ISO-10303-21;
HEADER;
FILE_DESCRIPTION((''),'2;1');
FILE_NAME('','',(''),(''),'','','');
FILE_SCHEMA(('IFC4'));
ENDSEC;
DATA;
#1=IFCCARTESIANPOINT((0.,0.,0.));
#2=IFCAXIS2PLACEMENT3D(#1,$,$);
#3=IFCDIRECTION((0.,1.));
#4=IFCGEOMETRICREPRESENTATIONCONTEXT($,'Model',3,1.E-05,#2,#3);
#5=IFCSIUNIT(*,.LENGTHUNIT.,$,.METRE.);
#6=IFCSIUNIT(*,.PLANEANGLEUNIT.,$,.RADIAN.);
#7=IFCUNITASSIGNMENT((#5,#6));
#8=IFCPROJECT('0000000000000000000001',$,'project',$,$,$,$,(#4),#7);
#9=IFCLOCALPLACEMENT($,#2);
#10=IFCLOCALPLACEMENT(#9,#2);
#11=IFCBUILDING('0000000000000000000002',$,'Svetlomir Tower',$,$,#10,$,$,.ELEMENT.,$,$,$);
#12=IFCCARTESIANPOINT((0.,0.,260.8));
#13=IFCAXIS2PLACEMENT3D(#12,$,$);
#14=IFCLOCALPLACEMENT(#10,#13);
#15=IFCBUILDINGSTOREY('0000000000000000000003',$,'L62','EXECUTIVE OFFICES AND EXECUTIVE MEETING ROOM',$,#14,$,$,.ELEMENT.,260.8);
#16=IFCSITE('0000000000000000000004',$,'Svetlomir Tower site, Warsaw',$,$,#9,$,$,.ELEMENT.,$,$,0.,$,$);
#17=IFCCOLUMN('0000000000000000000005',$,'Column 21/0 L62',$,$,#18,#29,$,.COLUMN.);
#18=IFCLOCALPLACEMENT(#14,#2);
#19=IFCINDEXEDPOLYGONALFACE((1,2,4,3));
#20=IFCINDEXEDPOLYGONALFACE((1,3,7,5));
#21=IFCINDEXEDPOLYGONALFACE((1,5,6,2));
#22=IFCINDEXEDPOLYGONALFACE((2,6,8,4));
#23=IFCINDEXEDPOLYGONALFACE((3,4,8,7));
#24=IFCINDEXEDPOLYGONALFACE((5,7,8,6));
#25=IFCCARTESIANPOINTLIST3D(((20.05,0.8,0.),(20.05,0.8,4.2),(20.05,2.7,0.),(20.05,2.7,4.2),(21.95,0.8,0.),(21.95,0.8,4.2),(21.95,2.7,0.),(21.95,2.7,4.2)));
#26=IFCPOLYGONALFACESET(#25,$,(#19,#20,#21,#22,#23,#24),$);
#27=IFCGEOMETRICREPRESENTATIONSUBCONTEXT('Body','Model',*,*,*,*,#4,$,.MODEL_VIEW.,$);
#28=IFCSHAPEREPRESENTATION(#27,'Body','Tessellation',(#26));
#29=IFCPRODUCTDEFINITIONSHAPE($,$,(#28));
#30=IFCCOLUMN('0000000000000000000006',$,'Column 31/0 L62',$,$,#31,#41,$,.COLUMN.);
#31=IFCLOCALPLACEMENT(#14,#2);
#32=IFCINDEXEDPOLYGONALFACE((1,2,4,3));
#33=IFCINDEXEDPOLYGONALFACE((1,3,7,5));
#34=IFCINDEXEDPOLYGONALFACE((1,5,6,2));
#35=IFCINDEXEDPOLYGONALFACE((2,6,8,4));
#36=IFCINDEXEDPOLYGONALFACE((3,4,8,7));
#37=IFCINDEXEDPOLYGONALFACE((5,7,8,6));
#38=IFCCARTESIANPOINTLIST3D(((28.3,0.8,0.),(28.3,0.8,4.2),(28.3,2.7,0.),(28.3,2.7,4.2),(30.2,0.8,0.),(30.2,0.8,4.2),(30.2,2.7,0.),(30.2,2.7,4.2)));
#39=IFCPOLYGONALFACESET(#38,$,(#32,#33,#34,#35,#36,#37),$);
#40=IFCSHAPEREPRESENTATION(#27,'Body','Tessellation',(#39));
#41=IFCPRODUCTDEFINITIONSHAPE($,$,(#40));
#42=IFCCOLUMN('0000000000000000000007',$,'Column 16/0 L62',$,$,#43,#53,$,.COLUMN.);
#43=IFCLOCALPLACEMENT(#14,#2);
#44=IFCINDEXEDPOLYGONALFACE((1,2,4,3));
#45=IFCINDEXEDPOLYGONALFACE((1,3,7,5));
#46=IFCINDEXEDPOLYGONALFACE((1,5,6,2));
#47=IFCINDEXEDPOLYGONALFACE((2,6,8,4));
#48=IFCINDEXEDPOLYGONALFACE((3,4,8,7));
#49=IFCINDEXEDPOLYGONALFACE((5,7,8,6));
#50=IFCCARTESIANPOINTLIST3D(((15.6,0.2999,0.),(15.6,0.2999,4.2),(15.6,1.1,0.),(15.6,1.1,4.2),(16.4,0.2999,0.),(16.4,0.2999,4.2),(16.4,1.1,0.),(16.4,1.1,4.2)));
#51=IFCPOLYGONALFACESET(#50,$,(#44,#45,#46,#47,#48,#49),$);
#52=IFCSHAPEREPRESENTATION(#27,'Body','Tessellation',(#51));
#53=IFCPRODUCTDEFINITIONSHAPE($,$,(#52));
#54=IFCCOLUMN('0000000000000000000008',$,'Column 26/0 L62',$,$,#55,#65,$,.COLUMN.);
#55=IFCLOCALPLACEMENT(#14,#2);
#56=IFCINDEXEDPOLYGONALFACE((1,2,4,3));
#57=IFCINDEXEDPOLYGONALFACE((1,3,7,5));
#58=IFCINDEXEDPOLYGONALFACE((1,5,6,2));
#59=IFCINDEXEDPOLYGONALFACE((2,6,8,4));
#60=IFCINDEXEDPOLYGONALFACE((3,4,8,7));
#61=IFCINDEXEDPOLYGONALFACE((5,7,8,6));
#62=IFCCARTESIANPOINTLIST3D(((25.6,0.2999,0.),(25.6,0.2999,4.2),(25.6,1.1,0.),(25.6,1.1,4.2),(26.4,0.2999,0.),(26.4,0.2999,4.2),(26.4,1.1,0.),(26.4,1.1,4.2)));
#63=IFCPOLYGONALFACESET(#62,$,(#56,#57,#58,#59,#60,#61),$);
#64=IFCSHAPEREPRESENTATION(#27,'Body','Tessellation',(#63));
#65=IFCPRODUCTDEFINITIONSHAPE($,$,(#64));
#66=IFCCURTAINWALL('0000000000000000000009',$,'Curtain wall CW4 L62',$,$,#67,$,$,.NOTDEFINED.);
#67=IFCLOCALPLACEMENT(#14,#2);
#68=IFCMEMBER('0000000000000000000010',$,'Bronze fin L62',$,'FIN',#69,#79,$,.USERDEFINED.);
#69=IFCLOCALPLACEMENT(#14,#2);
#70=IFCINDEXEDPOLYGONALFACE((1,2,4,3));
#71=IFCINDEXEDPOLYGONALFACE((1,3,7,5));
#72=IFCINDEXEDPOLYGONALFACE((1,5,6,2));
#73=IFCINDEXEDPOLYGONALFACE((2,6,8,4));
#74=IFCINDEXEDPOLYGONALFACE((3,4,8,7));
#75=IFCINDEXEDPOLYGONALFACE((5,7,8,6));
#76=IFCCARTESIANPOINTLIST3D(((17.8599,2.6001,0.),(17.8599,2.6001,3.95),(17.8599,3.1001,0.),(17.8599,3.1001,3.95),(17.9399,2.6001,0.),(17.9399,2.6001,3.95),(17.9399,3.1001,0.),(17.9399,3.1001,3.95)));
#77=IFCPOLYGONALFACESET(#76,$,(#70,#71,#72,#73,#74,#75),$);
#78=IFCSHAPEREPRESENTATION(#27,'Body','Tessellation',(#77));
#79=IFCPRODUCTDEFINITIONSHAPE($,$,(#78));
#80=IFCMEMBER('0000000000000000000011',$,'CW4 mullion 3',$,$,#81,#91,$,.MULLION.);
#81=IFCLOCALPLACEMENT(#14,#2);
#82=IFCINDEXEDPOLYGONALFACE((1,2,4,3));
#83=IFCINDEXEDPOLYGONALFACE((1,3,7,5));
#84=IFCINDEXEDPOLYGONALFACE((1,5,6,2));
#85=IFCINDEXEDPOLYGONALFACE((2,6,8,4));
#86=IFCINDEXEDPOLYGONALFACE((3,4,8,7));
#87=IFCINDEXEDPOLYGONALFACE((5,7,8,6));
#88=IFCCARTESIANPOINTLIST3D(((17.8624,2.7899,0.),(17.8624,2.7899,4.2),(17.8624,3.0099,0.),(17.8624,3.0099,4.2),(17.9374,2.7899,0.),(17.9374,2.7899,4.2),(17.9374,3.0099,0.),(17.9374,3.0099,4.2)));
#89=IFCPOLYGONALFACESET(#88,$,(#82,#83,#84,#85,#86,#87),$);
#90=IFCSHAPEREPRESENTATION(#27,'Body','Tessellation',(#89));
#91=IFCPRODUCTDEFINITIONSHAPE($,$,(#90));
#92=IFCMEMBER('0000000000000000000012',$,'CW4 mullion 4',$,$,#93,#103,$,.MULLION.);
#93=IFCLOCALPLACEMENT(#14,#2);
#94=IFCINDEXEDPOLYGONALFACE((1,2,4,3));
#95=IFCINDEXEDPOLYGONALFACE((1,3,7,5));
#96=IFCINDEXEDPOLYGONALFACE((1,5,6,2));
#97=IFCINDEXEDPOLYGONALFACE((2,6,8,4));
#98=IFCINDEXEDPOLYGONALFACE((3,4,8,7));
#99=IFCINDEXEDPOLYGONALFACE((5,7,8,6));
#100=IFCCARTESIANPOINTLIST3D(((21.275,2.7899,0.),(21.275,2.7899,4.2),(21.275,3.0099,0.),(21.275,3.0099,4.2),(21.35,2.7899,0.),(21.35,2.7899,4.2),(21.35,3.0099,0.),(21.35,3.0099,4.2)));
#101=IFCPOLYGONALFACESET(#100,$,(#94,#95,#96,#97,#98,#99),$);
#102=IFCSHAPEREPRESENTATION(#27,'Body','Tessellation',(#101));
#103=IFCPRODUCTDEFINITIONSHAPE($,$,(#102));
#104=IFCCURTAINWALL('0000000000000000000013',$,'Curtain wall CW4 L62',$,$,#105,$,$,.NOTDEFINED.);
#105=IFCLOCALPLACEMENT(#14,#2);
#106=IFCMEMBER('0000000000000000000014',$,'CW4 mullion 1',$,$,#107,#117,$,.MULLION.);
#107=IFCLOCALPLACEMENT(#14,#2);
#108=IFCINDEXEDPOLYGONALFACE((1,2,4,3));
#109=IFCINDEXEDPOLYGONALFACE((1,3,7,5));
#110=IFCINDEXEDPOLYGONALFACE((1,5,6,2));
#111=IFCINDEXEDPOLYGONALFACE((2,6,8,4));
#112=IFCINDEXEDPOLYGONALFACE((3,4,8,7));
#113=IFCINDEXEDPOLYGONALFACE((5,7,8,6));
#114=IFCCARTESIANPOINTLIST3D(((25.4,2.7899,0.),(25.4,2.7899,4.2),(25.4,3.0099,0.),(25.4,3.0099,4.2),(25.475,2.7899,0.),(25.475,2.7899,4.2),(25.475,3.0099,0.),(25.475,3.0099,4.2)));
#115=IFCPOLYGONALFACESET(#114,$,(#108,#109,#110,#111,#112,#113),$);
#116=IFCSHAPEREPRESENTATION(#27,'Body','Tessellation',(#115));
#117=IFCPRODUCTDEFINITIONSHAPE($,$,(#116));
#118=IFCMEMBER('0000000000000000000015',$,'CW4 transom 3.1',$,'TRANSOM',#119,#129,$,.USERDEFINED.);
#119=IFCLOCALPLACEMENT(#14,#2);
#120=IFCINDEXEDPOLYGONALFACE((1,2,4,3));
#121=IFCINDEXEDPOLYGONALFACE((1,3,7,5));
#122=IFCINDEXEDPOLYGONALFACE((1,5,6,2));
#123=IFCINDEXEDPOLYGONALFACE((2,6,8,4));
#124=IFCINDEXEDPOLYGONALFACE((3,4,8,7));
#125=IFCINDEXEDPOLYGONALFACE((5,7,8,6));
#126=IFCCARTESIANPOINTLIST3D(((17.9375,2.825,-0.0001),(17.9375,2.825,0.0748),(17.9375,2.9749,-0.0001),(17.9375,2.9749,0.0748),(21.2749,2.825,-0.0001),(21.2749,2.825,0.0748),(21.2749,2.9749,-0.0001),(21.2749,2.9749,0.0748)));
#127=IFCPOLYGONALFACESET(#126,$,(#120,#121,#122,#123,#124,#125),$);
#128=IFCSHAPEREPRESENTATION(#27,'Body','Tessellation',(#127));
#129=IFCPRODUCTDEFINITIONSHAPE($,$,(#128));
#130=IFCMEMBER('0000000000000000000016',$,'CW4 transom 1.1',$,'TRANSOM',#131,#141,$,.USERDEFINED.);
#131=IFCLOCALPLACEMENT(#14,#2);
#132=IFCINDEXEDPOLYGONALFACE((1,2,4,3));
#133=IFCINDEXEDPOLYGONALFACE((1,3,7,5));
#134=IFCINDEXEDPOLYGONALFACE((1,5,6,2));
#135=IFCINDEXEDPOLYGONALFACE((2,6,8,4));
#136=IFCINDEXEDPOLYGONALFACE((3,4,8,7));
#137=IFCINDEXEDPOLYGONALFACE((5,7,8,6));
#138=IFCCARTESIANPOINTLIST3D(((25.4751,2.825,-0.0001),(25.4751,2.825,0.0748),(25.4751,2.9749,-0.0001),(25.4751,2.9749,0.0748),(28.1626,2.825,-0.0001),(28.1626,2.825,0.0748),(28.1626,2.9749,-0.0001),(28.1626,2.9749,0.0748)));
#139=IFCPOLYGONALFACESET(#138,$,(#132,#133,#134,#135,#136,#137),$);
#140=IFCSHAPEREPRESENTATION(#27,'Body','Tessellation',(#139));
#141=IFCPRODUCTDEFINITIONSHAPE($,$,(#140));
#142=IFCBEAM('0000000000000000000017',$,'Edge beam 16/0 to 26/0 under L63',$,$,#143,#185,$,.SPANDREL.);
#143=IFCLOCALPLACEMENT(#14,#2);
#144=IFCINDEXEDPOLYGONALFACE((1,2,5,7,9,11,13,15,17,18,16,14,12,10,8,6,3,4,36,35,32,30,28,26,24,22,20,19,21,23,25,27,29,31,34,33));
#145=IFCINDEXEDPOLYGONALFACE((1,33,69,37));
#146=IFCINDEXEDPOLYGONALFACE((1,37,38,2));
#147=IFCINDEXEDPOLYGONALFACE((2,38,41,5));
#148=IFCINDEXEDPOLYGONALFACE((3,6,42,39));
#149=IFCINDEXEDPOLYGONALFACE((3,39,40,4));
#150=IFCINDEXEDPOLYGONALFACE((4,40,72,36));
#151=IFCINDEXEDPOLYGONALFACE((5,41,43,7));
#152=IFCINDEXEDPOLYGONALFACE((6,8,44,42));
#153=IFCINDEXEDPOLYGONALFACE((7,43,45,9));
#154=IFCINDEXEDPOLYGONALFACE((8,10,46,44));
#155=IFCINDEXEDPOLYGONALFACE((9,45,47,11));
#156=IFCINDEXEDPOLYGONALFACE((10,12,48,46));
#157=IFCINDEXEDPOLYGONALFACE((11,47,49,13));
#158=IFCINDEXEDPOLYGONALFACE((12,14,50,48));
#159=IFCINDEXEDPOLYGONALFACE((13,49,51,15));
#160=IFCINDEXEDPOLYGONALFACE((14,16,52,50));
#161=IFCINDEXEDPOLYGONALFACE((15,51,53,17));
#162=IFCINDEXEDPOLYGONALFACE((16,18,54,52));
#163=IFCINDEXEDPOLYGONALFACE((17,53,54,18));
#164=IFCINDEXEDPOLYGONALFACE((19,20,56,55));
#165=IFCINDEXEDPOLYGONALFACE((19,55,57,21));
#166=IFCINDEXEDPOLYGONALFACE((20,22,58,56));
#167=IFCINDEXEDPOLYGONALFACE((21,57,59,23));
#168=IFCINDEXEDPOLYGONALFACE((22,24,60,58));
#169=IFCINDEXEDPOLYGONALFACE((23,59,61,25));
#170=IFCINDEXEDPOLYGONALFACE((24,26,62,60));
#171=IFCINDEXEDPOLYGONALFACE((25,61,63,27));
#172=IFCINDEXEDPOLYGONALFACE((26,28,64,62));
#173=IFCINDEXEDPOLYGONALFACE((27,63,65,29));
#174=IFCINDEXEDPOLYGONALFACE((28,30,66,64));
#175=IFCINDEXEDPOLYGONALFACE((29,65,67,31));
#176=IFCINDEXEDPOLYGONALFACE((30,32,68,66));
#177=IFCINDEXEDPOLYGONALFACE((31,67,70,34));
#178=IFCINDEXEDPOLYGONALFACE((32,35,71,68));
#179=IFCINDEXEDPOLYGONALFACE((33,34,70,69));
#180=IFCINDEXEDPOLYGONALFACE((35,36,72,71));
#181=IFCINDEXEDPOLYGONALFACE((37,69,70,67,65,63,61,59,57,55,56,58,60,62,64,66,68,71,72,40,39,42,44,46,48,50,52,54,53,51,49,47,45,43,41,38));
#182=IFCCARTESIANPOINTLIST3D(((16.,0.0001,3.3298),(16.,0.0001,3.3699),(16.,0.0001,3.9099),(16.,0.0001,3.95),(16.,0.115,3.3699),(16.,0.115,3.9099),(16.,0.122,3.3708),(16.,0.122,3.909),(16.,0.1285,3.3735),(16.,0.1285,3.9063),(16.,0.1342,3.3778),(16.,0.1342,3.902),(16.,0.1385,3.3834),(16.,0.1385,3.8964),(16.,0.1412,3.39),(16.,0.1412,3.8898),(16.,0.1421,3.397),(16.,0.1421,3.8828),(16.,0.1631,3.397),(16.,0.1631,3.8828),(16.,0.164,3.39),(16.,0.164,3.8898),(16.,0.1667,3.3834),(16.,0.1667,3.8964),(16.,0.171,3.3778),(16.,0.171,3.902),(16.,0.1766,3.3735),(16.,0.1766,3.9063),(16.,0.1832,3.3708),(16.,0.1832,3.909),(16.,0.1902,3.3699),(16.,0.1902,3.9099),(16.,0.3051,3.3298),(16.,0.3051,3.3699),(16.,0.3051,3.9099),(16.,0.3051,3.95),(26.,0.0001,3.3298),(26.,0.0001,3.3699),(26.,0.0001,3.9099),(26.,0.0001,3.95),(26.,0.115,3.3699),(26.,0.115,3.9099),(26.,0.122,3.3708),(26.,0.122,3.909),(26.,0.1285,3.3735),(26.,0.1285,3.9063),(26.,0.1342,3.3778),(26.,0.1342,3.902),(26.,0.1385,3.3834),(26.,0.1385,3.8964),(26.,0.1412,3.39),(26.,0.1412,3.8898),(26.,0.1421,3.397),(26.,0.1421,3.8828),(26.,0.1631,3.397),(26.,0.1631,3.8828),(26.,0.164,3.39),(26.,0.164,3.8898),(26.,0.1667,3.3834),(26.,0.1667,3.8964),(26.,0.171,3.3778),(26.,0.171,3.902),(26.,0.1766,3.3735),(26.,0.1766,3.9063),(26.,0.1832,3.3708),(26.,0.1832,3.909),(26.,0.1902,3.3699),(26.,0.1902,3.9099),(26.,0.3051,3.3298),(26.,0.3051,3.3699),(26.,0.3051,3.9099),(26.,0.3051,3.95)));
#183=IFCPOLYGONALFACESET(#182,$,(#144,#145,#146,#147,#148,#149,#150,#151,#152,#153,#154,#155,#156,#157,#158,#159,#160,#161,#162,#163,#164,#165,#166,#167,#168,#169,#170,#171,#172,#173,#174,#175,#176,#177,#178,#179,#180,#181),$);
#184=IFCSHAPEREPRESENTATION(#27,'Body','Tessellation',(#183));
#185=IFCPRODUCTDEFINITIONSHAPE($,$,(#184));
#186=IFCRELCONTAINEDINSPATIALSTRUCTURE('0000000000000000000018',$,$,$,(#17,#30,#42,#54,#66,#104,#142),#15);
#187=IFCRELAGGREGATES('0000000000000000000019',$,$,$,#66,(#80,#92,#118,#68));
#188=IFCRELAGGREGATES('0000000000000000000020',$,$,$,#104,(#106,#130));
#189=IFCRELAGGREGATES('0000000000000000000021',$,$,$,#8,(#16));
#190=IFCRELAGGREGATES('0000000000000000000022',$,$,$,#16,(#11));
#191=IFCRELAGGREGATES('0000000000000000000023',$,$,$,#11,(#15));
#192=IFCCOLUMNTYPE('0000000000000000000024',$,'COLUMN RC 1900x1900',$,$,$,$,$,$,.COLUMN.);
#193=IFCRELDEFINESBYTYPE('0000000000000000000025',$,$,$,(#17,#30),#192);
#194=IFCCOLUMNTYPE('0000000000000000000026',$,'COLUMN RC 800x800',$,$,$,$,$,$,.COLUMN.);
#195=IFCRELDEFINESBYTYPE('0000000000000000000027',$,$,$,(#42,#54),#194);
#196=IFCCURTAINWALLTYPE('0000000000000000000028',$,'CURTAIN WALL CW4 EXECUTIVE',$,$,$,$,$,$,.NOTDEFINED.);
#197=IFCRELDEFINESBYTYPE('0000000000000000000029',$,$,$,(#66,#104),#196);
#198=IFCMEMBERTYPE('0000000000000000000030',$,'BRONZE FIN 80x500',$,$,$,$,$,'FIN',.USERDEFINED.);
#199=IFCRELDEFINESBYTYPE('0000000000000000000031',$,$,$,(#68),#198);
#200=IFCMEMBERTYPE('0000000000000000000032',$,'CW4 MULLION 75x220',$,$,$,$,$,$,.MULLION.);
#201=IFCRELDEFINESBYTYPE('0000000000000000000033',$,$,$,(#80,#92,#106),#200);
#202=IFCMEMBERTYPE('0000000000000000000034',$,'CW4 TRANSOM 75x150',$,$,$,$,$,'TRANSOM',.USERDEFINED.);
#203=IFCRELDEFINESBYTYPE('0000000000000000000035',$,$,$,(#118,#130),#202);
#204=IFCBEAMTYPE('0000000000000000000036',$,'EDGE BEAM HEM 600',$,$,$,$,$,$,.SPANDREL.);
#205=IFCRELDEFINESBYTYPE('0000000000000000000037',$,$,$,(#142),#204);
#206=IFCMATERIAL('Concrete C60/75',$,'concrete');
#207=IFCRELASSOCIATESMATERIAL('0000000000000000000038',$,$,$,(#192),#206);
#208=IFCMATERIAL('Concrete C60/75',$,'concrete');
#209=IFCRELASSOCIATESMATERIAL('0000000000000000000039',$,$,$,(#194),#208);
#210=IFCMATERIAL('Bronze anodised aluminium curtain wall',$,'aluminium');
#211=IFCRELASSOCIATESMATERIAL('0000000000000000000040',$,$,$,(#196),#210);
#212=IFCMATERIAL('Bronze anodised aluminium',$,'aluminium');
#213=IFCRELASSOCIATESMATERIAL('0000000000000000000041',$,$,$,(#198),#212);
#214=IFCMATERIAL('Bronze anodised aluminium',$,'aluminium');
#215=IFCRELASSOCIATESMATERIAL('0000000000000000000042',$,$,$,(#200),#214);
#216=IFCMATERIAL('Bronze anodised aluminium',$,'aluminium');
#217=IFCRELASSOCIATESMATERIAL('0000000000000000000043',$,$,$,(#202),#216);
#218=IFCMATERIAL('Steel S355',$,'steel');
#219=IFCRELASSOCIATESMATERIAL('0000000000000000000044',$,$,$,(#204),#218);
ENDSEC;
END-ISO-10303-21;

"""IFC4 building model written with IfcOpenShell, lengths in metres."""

from ifc_helpers import new_model, si_unit, direction, frame, origin, origin_2d, place, context, subcontext, project, spatial, rectangle, i_section, extrude, material, material_profile, profile_set, type_object, element, aggregate, save


model = new_model("IFC4")

# Units and contexts
model_context = context("Model", 3, precision=1e-05, world=origin(), true_north=direction((0.0, 1.0)))
body_context = subcontext(model_context, "Body", "Model", "MODEL_VIEW")
ifc_project = project(units=[si_unit("LENGTHUNIT", "METRE"), si_unit("PLANEANGLEUNIT", "RADIAN")], contexts=[model_context])

# Site, building, storey
site_placement = place(None, origin())
site = spatial("IfcSite", under=ifc_project, at=site_placement, Name="Svetlomir Tower site, Warsaw", CompositionType="ELEMENT", RefElevation=0.0)
building_placement = place(site_placement, origin())
building = spatial("IfcBuilding", under=site, at=building_placement, Name="Svetlomir Tower", CompositionType="ELEMENT")
storey_placement = place(building_placement, frame((0.0, 0.0, 260.8)))
storey = spatial("IfcBuildingStorey", under=building, at=storey_placement, Name="L62", Description="EXECUTIVE OFFICES AND EXECUTIVE MEETING ROOM", CompositionType="ELEMENT", Elevation=260.8)

# Columns
ifc_material_1 = material(Name="Concrete C60/75", Category="concrete")
ifc_material_profile_1 = material_profile(ifc_material_1, rectangle(XDim=1.8999, YDim=1.8999, at=origin_2d()), Name="RC 1900x1900")
ifc_profile_set_1 = profile_set([ifc_material_profile_1], Name="Concrete C60/75")
column_type_1 = type_object("IfcColumnType", Name="COLUMN RC 1900x1900", PredefinedType="COLUMN", material=ifc_profile_set_1)
for number, where, z_axis, x_axis, name in (
    (1, (21.0, 1.75, 0.0), (0.0, 0.0, 1.0), (1.0, 0.0, 0.0), "Column 21/0 L62"),
    (2, (29.25, 1.75, 0.0), (0.0, 0.0, 1.0), (1.0, 0.0, 0.0), "Column 31/0 L62"),
):
    element("IfcColumn", number, at=place(storey_placement, frame(where, z_axis=z_axis, x_axis=x_axis)), inside=storey, type_object=column_type_1, Name=name, PredefinedType="COLUMN", context=body_context, shape_type="SweptSolid", body=[
        extrude(rectangle(XDim=1.8999, YDim=1.8999, at=origin_2d()), origin(), (0.0, 0.0, 1.0), 4.2),
    ])
ifc_material_2 = material(Name="Concrete C60/75", Category="concrete")
ifc_material_profile_2 = material_profile(ifc_material_2, rectangle(XDim=0.8, YDim=0.8, at=origin_2d()), Name="RC 800x800")
ifc_profile_set_2 = profile_set([ifc_material_profile_2], Name="Concrete C60/75")
column_type_2 = type_object("IfcColumnType", Name="COLUMN RC 800x800", PredefinedType="COLUMN", material=ifc_profile_set_2)
for number, where, z_axis, x_axis, name in (
    (3, (16.0, 0.7, 0.0), (0.0, 0.0, 1.0), (1.0, 0.0, 0.0), "Column 16/0 L62"),
    (4, (26.0, 0.7, 0.0), (0.0, 0.0, 1.0), (1.0, 0.0, 0.0), "Column 26/0 L62"),
):
    element("IfcColumn", number, at=place(storey_placement, frame(where, z_axis=z_axis, x_axis=x_axis)), inside=storey, type_object=column_type_2, Name=name, PredefinedType="COLUMN", context=body_context, shape_type="SweptSolid", body=[
        extrude(rectangle(XDim=0.8, YDim=0.8, at=origin_2d()), origin(), (0.0, 0.0, 1.0), 4.2),
    ])

# Curtain wall, members
ifc_material_3 = material(Name="Bronze anodised aluminium curtain wall", Category="aluminium")
curtain_wall_type = type_object("IfcCurtainWallType", Name="CURTAIN WALL CW4 EXECUTIVE", PredefinedType="NOTDEFINED", material=ifc_material_3)
curtain_wall_1_placement = place(storey_placement, origin())
curtain_wall_1 = element("IfcCurtainWall", 5, at=curtain_wall_1_placement, inside=storey, type_object=curtain_wall_type, Name="Curtain wall CW4 L62", PredefinedType="NOTDEFINED")
ifc_material_4 = material(Name="Bronze anodised aluminium", Category="aluminium")
ifc_material_profile_3 = material_profile(ifc_material_4, rectangle(XDim=0.0801, YDim=0.5, at=origin_2d()), Name="FIN 80x500")
ifc_profile_set_3 = profile_set([ifc_material_profile_3], Name="Bronze anodised aluminium 6063-T6")
member_type_1 = type_object("IfcMemberType", Name="BRONZE FIN 80x500", ElementType="FIN", PredefinedType="USERDEFINED", material=ifc_profile_set_3)
member_1_placement = place(storey_placement, frame((17.8999, 2.8501, 0.0), z_axis=(0.0, 0.0, 1.0), x_axis=(1.0, 0.0, 0.0)))
member_1 = element("IfcMember", 6, at=member_1_placement, type_object=member_type_1, Name="Bronze fin L62", ObjectType="FIN", PredefinedType="USERDEFINED", context=body_context, shape_type="SweptSolid", body=[
    extrude(rectangle(XDim=0.0801, YDim=0.5, at=origin_2d()), origin(), (0.0, 0.0, 1.0), 3.95),
])
ifc_material_5 = material(Name="Bronze anodised aluminium", Category="aluminium")
ifc_material_profile_4 = material_profile(ifc_material_5, rectangle(XDim=0.075, YDim=0.22, at=origin_2d()), Name="AL 75x220")
ifc_profile_set_4 = profile_set([ifc_material_profile_4], Name="Bronze anodised aluminium 6063-T6")
member_type_2 = type_object("IfcMemberType", Name="CW4 MULLION 75x220", PredefinedType="MULLION", material=ifc_profile_set_4)
member_2_placement = place(storey_placement, frame((17.8999, 2.8999, 0.0), z_axis=(0.0, 0.0, 1.0), x_axis=(1.0, 0.0, 0.0)))
member_2 = element("IfcMember", 7, at=member_2_placement, type_object=member_type_2, Name="CW4 mullion 3", PredefinedType="MULLION", context=body_context, shape_type="SweptSolid", body=[
    extrude(rectangle(XDim=0.075, YDim=0.22, at=origin_2d()), origin(), (0.0, 0.0, 1.0), 4.2),
])
member_3_placement = place(storey_placement, frame((21.3125, 2.8999, 0.0), z_axis=(0.0, 0.0, 1.0), x_axis=(1.0, 0.0, 0.0)))
member_3 = element("IfcMember", 8, at=member_3_placement, type_object=member_type_2, Name="CW4 mullion 4", PredefinedType="MULLION", context=body_context, shape_type="SweptSolid", body=[
    extrude(rectangle(XDim=0.075, YDim=0.22, at=origin_2d()), origin(), (0.0, 0.0, 1.0), 4.2),
])

# Curtain wall, member
curtain_wall_2_placement = place(storey_placement, origin())
curtain_wall_2 = element("IfcCurtainWall", 9, at=curtain_wall_2_placement, inside=storey, type_object=curtain_wall_type, Name="Curtain wall CW4 L62", PredefinedType="NOTDEFINED")
member_4_placement = place(storey_placement, frame((25.4375, 2.8999, 0.0), z_axis=(0.0, 0.0, 1.0), x_axis=(1.0, 0.0, 0.0)))
member_4 = element("IfcMember", 10, at=member_4_placement, type_object=member_type_2, Name="CW4 mullion 1", PredefinedType="MULLION", context=body_context, shape_type="SweptSolid", body=[
    extrude(rectangle(XDim=0.075, YDim=0.22, at=origin_2d()), origin(), (0.0, 0.0, 1.0), 4.2),
])

# Members
ifc_material_6 = material(Name="Bronze anodised aluminium", Category="aluminium")
ifc_material_profile_5 = material_profile(ifc_material_6, rectangle(XDim=0.1499, YDim=0.075, at=origin_2d()), Name="AL 150x75")
ifc_profile_set_5 = profile_set([ifc_material_profile_5], Name="Bronze anodised aluminium 6063-T6")
member_type_3 = type_object("IfcMemberType", Name="CW4 TRANSOM 75x150", ElementType="TRANSOM", PredefinedType="USERDEFINED", material=ifc_profile_set_5)
member_5_placement = place(storey_placement, frame((17.9375, 2.8999, 0.0374), z_axis=(1.0, 0.0, 0.0), x_axis=(0.0, 1.0, 0.0)))
member_5 = element("IfcMember", 11, at=member_5_placement, type_object=member_type_3, Name="CW4 transom 3.1", ObjectType="TRANSOM", PredefinedType="USERDEFINED", context=body_context, shape_type="SweptSolid", body=[
    extrude(rectangle(XDim=0.1499, YDim=0.075, at=origin_2d()), origin(), (0.0, 0.0, 1.0), 3.3374),
])
member_6_placement = place(storey_placement, frame((25.4751, 2.8999, 0.0374), z_axis=(1.0, 0.0, 0.0), x_axis=(0.0, 1.0, 0.0)))
member_6 = element("IfcMember", 12, at=member_6_placement, type_object=member_type_3, Name="CW4 transom 1.1", ObjectType="TRANSOM", PredefinedType="USERDEFINED", context=body_context, shape_type="SweptSolid", body=[
    extrude(rectangle(XDim=0.1499, YDim=0.075, at=origin_2d()), origin(), (0.0, 0.0, 1.0), 2.6875),
])

# Beam
ifc_material_7 = material(Name="Steel S355", Category="steel")
ifc_material_profile_6 = material_profile(ifc_material_7, i_section(OverallWidth=0.3049, OverallDepth=0.6201, WebThickness=0.021, FlangeThickness=0.04, FilletRadius=0.0271, at=origin_2d()), Name="HEM 600")
ifc_profile_set_6 = profile_set([ifc_material_profile_6], Name="Steel S355")
beam_type_1 = type_object("IfcBeamType", Name="EDGE BEAM HEM 600", PredefinedType="SPANDREL", material=ifc_profile_set_6)
beam_1_placement = place(storey_placement, frame((16.0, 0.1526, 3.6399), z_axis=(1.0, 0.0, 0.0), x_axis=(0.0, 1.0, 0.0)))
element("IfcBeam", 13, at=beam_1_placement, inside=storey, type_object=beam_type_1, Name="Edge beam 16/0 to 26/0 under L63", PredefinedType="SPANDREL", context=body_context, shape_type="SweptSolid", body=[
    extrude(i_section(OverallWidth=0.3049, OverallDepth=0.6201, WebThickness=0.021, FlangeThickness=0.04, FilletRadius=0.0271, at=origin_2d()), origin(), (0.0, 0.0, 1.0), 10.0),
])

aggregate(curtain_wall_1, [member_2, member_3, member_5, member_1])
aggregate(curtain_wall_2, [member_4, member_6])

save(model, "model.ifc")
